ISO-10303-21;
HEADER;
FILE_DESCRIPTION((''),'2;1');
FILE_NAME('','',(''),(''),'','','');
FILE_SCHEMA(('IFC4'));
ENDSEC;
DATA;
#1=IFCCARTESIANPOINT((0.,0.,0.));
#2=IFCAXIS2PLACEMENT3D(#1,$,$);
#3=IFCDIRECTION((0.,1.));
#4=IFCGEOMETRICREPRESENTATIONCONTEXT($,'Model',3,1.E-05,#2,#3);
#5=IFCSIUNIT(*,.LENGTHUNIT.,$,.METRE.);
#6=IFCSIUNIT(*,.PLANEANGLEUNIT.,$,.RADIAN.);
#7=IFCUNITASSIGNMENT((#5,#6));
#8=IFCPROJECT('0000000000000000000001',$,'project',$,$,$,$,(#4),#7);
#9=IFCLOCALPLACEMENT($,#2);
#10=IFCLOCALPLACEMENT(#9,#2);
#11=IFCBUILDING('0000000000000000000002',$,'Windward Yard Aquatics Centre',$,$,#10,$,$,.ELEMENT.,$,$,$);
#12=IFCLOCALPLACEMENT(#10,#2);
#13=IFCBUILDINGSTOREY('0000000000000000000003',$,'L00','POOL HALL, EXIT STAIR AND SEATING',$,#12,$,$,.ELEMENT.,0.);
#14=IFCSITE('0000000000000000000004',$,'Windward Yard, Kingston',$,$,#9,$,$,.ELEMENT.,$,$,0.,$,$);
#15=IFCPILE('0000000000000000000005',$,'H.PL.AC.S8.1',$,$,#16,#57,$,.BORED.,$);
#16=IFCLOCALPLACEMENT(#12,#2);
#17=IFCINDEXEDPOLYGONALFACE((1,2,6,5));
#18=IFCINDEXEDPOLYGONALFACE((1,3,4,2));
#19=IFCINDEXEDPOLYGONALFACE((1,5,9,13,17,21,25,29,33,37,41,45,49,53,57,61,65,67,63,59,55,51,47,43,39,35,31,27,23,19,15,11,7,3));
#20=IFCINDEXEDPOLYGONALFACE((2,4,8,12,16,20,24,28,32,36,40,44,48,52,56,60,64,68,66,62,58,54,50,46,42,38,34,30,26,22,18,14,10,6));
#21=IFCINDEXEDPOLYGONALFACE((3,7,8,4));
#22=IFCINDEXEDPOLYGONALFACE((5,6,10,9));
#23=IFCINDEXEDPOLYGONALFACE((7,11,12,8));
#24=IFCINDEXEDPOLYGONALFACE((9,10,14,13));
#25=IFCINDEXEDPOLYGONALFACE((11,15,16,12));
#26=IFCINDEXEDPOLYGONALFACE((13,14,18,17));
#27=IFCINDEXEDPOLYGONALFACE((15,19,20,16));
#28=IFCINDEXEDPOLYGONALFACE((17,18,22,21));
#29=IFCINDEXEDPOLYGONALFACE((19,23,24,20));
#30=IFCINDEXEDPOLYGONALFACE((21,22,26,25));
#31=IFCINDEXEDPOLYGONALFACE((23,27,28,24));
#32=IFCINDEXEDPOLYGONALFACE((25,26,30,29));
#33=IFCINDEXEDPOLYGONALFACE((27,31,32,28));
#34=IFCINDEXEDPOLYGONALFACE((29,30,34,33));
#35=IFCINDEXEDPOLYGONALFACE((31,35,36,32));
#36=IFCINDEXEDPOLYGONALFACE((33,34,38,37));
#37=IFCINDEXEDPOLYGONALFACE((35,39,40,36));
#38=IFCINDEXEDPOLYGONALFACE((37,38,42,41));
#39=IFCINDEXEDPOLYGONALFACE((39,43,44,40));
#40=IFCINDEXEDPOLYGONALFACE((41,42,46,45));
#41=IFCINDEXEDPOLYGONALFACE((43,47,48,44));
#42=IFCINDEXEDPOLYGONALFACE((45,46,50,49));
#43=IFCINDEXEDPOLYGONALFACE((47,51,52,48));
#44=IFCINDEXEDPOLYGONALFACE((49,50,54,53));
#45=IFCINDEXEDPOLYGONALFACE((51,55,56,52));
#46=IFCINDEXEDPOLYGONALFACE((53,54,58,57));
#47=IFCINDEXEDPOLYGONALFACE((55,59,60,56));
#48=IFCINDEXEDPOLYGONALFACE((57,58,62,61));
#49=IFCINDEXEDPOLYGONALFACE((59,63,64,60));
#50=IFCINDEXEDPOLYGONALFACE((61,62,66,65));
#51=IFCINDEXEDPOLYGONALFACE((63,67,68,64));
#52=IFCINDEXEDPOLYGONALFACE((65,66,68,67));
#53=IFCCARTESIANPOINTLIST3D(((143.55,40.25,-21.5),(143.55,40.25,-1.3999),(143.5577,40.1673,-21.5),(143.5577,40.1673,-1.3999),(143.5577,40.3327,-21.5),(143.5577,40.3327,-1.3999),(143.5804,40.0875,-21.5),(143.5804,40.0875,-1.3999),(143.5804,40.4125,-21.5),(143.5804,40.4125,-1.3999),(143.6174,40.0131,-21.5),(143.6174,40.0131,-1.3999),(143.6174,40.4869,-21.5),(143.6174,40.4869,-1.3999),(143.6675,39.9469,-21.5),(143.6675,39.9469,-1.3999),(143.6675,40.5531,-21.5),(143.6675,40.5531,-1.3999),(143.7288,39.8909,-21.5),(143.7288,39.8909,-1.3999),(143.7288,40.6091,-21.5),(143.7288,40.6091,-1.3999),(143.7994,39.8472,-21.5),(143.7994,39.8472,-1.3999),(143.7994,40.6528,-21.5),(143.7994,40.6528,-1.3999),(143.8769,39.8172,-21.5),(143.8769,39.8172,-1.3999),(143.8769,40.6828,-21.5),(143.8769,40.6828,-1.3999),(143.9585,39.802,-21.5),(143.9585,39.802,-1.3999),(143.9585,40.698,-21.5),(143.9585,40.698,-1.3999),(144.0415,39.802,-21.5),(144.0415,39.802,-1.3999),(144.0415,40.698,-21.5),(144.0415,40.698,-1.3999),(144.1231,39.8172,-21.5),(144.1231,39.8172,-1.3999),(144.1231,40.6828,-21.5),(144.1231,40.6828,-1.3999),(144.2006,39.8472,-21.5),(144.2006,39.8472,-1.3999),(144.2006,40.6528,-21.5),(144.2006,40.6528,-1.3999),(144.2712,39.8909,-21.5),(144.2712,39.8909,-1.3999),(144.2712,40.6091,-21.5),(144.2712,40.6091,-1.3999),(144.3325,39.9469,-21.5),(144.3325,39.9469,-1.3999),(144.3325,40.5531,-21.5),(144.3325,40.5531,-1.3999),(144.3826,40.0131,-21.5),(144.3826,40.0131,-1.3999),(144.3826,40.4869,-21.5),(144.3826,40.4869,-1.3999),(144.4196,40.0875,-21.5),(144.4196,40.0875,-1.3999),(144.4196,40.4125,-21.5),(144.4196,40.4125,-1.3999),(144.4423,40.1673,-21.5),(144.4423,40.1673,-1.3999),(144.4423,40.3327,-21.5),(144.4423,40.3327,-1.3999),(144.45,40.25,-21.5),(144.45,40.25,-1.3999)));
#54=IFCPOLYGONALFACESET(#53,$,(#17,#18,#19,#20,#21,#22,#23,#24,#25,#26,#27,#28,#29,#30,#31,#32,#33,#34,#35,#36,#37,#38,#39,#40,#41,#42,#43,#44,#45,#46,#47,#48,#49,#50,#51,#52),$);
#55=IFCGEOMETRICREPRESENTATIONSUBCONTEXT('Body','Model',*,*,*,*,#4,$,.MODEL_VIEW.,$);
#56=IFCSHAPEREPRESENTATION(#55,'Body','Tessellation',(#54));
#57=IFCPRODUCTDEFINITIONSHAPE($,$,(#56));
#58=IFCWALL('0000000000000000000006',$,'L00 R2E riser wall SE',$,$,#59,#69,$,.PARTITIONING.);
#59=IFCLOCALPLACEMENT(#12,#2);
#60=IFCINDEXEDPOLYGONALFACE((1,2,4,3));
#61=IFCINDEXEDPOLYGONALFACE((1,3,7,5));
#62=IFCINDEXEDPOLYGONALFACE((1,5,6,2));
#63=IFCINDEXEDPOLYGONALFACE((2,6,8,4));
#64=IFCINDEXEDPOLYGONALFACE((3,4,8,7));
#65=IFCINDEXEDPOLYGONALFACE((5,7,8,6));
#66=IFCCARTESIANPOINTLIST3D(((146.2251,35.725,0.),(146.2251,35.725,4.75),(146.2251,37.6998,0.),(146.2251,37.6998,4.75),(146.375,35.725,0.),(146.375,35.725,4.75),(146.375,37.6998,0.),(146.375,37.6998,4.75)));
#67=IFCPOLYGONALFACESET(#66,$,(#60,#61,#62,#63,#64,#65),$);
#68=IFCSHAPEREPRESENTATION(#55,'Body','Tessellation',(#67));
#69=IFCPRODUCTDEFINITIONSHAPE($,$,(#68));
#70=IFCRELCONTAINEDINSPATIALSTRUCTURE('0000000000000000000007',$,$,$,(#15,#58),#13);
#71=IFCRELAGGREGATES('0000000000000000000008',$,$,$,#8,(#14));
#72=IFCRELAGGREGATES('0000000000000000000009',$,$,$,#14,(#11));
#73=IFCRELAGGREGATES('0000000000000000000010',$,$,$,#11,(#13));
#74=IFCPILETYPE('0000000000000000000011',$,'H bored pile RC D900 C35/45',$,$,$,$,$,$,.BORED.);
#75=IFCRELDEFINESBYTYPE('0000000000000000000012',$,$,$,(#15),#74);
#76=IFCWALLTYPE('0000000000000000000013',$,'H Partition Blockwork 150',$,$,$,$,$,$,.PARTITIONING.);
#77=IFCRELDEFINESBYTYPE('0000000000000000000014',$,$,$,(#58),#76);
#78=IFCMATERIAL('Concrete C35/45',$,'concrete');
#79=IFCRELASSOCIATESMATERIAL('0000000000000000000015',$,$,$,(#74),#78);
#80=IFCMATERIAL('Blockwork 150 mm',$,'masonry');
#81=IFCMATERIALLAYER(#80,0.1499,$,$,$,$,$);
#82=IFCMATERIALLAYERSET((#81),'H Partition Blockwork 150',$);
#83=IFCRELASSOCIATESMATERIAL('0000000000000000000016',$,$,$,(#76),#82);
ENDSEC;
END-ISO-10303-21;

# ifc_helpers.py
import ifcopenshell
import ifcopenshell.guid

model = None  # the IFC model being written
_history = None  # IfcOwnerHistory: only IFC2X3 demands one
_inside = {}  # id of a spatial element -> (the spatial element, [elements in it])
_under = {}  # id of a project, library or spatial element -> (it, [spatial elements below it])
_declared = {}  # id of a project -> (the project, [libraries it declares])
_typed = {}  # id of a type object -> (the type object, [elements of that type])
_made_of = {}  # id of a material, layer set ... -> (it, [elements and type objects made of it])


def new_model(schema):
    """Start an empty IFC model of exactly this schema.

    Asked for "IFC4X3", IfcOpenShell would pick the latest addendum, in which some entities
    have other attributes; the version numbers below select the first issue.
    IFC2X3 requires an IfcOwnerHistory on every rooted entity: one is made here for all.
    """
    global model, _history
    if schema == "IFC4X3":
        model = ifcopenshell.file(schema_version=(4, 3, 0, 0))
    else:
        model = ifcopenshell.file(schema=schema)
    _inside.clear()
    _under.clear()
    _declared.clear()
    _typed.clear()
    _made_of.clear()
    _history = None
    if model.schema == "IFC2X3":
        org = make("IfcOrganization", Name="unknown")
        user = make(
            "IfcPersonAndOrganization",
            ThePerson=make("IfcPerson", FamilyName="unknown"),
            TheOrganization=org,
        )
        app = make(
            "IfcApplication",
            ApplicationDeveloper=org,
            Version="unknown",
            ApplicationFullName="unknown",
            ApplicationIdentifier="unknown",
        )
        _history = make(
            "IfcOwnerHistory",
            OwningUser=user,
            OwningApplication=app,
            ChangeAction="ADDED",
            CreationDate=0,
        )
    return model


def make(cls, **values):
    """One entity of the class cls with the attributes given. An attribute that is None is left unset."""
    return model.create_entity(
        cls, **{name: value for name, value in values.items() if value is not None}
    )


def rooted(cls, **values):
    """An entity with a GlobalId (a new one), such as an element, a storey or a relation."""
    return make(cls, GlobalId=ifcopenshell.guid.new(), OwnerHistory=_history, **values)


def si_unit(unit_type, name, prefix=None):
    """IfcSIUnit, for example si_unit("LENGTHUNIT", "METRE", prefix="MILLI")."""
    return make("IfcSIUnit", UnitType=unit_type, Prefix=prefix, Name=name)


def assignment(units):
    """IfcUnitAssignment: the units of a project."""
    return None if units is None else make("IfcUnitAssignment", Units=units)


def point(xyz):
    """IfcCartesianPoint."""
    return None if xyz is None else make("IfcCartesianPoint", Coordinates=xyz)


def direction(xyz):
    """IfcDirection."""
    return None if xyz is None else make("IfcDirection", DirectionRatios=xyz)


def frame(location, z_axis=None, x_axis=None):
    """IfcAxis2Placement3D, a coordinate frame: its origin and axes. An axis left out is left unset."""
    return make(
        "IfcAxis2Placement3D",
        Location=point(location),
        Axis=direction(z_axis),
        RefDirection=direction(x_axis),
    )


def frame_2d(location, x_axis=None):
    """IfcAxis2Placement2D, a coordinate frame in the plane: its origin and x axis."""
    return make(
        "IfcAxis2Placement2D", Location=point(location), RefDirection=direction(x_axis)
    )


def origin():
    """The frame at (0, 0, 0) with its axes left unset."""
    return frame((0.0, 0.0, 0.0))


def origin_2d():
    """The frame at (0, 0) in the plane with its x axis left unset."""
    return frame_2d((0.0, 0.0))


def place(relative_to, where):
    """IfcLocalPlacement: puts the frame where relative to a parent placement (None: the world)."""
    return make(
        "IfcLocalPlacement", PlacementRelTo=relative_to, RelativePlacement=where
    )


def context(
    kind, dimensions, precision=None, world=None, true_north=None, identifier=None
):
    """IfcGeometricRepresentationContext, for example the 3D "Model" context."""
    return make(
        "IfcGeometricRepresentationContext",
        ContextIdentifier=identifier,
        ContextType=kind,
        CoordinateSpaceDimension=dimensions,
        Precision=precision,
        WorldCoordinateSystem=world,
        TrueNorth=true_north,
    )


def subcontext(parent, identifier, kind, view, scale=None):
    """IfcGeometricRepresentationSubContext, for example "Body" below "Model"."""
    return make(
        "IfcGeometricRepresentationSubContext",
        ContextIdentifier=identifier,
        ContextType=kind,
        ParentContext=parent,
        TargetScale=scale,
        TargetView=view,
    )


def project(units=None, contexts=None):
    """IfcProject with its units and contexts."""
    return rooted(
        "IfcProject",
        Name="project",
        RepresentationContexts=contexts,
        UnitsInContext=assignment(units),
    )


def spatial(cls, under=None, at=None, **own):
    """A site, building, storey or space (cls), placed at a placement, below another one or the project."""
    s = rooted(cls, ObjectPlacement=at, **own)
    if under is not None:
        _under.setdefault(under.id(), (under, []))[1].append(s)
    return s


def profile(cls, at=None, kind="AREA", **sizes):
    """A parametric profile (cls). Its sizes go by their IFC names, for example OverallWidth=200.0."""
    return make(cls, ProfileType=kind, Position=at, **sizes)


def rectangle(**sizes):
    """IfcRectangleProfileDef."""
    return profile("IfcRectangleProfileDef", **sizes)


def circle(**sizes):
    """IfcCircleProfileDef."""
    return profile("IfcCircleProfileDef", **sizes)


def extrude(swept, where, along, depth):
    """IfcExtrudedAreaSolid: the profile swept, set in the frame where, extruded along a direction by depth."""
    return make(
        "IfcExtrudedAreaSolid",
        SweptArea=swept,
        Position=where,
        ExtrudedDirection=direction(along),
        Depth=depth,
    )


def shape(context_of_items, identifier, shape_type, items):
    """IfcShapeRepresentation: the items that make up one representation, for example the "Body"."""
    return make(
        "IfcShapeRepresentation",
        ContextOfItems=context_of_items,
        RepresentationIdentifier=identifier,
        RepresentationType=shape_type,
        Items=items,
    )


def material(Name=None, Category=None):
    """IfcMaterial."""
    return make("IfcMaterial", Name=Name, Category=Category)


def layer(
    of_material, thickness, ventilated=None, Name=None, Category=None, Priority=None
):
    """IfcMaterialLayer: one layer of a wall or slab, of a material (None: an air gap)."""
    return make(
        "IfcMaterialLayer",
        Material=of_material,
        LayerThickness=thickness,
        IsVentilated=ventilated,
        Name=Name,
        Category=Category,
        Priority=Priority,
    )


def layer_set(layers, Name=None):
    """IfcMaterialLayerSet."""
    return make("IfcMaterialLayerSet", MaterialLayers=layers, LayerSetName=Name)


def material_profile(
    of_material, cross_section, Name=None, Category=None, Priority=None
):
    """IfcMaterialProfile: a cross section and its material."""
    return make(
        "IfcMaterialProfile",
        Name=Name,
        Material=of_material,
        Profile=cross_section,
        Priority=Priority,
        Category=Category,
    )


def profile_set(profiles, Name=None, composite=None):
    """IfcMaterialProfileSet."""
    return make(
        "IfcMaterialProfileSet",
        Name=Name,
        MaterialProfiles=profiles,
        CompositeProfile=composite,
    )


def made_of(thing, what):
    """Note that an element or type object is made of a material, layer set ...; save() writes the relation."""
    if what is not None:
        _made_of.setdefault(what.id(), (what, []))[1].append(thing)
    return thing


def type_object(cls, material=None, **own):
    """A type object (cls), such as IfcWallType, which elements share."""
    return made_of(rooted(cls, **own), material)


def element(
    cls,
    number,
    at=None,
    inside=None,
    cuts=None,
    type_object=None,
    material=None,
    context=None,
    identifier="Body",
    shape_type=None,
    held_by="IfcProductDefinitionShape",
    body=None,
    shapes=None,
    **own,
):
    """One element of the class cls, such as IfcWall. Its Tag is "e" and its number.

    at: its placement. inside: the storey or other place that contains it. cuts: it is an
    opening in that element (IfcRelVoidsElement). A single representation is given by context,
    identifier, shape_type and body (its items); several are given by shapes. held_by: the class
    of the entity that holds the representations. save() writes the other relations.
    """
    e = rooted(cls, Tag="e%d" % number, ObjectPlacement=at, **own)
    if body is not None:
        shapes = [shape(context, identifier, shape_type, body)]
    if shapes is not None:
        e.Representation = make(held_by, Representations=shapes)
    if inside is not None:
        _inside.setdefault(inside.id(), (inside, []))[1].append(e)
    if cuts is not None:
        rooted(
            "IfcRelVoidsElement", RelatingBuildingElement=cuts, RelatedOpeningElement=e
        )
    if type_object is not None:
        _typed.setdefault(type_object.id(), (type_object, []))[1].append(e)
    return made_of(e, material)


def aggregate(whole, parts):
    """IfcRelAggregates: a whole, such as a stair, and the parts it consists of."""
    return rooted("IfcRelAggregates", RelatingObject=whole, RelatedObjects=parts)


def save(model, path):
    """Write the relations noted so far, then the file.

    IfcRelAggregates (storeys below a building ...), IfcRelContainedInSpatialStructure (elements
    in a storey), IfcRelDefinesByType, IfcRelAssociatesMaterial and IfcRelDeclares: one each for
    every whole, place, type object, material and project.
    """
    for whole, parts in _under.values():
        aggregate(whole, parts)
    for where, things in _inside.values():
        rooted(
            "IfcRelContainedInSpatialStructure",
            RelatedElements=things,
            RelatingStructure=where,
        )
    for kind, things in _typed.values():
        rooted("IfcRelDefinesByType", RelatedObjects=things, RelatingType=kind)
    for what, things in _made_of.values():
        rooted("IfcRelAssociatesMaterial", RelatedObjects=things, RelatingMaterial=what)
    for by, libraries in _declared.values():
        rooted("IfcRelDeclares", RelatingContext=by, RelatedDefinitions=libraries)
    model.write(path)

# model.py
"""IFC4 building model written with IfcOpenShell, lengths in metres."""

from ifc_helpers import new_model, si_unit, direction, frame, frame_2d, origin, origin_2d, place, context, subcontext, project, spatial, rectangle, circle, extrude, material, layer, layer_set, material_profile, profile_set, type_object, element, save


model = new_model("IFC4")

# Units and contexts
model_context = context("Model", 3, precision=1e-05, world=origin(), true_north=direction((0.0, 1.0)))
body_context = subcontext(model_context, "Body", "Model", "MODEL_VIEW")
ifc_project = project(units=[si_unit("LENGTHUNIT", "METRE"), si_unit("PLANEANGLEUNIT", "RADIAN")], contexts=[model_context])

# Site, building, storey
site_placement = place(None, origin())
site = spatial("IfcSite", under=ifc_project, at=site_placement, Name="Windward Yard, Kingston", CompositionType="ELEMENT", RefElevation=0.0)
building_placement = place(site_placement, origin())
building = spatial("IfcBuilding", under=site, at=building_placement, Name="Windward Yard Aquatics Centre", CompositionType="ELEMENT")
storey_placement = place(building_placement, origin())
storey = spatial("IfcBuildingStorey", under=building, at=storey_placement, Name="L00", Description="POOL HALL, EXIT STAIR AND SEATING", CompositionType="ELEMENT", Elevation=0.0)

# Pile
ifc_material_1 = material(Name="Concrete C35/45", Category="concrete")
ifc_material_profile = material_profile(ifc_material_1, circle(Radius=0.45, at=origin_2d()), Name="RC D900")
ifc_profile_set = profile_set([ifc_material_profile], Name="Concrete C35/45")
pile_type = type_object("IfcPileType", Name="H bored pile RC D900 C35/45", PredefinedType="BORED", material=ifc_profile_set)
pile_placement = place(storey_placement, frame((144.0, 40.25, -1.3999), z_axis=(0.0, 0.0, -1.0), x_axis=(1.0, 0.0, 0.0)))
element("IfcPile", 1, at=pile_placement, inside=storey, type_object=pile_type, Name="H.PL.AC.S8.1", PredefinedType="BORED", context=body_context, shape_type="SweptSolid", body=[
    extrude(circle(Radius=0.45, at=origin_2d()), origin(), (0.0, 0.0, 1.0), 20.1001),
])

# Wall
ifc_material_2 = material(Name="Blockwork 150 mm", Category="masonry")
ifc_layer_1 = layer(ifc_material_2, 0.1499)
ifc_layer_set_1 = layer_set([ifc_layer_1], Name="H Partition Blockwork 150")
wall_type_1 = type_object("IfcWallType", Name="H Partition Blockwork 150", PredefinedType="PARTITIONING", material=ifc_layer_set_1)
wall_1_placement = place(storey_placement, frame((146.3, 35.7251, 0.0), z_axis=(0.0, 0.0, 1.0), x_axis=(0.0, 1.0, 0.0)))
element("IfcWall", 2, at=wall_1_placement, inside=storey, type_object=wall_type_1, Name="L00 R2E riser wall SE", PredefinedType="PARTITIONING", context=body_context, shape_type="SweptSolid", body=[
    extrude(rectangle(XDim=1.9749, YDim=0.1499, at=frame_2d((0.9873, 0.0))), origin(), (0.0, 0.0, 1.0), 4.75),
])

save(model, "model.ifc")
